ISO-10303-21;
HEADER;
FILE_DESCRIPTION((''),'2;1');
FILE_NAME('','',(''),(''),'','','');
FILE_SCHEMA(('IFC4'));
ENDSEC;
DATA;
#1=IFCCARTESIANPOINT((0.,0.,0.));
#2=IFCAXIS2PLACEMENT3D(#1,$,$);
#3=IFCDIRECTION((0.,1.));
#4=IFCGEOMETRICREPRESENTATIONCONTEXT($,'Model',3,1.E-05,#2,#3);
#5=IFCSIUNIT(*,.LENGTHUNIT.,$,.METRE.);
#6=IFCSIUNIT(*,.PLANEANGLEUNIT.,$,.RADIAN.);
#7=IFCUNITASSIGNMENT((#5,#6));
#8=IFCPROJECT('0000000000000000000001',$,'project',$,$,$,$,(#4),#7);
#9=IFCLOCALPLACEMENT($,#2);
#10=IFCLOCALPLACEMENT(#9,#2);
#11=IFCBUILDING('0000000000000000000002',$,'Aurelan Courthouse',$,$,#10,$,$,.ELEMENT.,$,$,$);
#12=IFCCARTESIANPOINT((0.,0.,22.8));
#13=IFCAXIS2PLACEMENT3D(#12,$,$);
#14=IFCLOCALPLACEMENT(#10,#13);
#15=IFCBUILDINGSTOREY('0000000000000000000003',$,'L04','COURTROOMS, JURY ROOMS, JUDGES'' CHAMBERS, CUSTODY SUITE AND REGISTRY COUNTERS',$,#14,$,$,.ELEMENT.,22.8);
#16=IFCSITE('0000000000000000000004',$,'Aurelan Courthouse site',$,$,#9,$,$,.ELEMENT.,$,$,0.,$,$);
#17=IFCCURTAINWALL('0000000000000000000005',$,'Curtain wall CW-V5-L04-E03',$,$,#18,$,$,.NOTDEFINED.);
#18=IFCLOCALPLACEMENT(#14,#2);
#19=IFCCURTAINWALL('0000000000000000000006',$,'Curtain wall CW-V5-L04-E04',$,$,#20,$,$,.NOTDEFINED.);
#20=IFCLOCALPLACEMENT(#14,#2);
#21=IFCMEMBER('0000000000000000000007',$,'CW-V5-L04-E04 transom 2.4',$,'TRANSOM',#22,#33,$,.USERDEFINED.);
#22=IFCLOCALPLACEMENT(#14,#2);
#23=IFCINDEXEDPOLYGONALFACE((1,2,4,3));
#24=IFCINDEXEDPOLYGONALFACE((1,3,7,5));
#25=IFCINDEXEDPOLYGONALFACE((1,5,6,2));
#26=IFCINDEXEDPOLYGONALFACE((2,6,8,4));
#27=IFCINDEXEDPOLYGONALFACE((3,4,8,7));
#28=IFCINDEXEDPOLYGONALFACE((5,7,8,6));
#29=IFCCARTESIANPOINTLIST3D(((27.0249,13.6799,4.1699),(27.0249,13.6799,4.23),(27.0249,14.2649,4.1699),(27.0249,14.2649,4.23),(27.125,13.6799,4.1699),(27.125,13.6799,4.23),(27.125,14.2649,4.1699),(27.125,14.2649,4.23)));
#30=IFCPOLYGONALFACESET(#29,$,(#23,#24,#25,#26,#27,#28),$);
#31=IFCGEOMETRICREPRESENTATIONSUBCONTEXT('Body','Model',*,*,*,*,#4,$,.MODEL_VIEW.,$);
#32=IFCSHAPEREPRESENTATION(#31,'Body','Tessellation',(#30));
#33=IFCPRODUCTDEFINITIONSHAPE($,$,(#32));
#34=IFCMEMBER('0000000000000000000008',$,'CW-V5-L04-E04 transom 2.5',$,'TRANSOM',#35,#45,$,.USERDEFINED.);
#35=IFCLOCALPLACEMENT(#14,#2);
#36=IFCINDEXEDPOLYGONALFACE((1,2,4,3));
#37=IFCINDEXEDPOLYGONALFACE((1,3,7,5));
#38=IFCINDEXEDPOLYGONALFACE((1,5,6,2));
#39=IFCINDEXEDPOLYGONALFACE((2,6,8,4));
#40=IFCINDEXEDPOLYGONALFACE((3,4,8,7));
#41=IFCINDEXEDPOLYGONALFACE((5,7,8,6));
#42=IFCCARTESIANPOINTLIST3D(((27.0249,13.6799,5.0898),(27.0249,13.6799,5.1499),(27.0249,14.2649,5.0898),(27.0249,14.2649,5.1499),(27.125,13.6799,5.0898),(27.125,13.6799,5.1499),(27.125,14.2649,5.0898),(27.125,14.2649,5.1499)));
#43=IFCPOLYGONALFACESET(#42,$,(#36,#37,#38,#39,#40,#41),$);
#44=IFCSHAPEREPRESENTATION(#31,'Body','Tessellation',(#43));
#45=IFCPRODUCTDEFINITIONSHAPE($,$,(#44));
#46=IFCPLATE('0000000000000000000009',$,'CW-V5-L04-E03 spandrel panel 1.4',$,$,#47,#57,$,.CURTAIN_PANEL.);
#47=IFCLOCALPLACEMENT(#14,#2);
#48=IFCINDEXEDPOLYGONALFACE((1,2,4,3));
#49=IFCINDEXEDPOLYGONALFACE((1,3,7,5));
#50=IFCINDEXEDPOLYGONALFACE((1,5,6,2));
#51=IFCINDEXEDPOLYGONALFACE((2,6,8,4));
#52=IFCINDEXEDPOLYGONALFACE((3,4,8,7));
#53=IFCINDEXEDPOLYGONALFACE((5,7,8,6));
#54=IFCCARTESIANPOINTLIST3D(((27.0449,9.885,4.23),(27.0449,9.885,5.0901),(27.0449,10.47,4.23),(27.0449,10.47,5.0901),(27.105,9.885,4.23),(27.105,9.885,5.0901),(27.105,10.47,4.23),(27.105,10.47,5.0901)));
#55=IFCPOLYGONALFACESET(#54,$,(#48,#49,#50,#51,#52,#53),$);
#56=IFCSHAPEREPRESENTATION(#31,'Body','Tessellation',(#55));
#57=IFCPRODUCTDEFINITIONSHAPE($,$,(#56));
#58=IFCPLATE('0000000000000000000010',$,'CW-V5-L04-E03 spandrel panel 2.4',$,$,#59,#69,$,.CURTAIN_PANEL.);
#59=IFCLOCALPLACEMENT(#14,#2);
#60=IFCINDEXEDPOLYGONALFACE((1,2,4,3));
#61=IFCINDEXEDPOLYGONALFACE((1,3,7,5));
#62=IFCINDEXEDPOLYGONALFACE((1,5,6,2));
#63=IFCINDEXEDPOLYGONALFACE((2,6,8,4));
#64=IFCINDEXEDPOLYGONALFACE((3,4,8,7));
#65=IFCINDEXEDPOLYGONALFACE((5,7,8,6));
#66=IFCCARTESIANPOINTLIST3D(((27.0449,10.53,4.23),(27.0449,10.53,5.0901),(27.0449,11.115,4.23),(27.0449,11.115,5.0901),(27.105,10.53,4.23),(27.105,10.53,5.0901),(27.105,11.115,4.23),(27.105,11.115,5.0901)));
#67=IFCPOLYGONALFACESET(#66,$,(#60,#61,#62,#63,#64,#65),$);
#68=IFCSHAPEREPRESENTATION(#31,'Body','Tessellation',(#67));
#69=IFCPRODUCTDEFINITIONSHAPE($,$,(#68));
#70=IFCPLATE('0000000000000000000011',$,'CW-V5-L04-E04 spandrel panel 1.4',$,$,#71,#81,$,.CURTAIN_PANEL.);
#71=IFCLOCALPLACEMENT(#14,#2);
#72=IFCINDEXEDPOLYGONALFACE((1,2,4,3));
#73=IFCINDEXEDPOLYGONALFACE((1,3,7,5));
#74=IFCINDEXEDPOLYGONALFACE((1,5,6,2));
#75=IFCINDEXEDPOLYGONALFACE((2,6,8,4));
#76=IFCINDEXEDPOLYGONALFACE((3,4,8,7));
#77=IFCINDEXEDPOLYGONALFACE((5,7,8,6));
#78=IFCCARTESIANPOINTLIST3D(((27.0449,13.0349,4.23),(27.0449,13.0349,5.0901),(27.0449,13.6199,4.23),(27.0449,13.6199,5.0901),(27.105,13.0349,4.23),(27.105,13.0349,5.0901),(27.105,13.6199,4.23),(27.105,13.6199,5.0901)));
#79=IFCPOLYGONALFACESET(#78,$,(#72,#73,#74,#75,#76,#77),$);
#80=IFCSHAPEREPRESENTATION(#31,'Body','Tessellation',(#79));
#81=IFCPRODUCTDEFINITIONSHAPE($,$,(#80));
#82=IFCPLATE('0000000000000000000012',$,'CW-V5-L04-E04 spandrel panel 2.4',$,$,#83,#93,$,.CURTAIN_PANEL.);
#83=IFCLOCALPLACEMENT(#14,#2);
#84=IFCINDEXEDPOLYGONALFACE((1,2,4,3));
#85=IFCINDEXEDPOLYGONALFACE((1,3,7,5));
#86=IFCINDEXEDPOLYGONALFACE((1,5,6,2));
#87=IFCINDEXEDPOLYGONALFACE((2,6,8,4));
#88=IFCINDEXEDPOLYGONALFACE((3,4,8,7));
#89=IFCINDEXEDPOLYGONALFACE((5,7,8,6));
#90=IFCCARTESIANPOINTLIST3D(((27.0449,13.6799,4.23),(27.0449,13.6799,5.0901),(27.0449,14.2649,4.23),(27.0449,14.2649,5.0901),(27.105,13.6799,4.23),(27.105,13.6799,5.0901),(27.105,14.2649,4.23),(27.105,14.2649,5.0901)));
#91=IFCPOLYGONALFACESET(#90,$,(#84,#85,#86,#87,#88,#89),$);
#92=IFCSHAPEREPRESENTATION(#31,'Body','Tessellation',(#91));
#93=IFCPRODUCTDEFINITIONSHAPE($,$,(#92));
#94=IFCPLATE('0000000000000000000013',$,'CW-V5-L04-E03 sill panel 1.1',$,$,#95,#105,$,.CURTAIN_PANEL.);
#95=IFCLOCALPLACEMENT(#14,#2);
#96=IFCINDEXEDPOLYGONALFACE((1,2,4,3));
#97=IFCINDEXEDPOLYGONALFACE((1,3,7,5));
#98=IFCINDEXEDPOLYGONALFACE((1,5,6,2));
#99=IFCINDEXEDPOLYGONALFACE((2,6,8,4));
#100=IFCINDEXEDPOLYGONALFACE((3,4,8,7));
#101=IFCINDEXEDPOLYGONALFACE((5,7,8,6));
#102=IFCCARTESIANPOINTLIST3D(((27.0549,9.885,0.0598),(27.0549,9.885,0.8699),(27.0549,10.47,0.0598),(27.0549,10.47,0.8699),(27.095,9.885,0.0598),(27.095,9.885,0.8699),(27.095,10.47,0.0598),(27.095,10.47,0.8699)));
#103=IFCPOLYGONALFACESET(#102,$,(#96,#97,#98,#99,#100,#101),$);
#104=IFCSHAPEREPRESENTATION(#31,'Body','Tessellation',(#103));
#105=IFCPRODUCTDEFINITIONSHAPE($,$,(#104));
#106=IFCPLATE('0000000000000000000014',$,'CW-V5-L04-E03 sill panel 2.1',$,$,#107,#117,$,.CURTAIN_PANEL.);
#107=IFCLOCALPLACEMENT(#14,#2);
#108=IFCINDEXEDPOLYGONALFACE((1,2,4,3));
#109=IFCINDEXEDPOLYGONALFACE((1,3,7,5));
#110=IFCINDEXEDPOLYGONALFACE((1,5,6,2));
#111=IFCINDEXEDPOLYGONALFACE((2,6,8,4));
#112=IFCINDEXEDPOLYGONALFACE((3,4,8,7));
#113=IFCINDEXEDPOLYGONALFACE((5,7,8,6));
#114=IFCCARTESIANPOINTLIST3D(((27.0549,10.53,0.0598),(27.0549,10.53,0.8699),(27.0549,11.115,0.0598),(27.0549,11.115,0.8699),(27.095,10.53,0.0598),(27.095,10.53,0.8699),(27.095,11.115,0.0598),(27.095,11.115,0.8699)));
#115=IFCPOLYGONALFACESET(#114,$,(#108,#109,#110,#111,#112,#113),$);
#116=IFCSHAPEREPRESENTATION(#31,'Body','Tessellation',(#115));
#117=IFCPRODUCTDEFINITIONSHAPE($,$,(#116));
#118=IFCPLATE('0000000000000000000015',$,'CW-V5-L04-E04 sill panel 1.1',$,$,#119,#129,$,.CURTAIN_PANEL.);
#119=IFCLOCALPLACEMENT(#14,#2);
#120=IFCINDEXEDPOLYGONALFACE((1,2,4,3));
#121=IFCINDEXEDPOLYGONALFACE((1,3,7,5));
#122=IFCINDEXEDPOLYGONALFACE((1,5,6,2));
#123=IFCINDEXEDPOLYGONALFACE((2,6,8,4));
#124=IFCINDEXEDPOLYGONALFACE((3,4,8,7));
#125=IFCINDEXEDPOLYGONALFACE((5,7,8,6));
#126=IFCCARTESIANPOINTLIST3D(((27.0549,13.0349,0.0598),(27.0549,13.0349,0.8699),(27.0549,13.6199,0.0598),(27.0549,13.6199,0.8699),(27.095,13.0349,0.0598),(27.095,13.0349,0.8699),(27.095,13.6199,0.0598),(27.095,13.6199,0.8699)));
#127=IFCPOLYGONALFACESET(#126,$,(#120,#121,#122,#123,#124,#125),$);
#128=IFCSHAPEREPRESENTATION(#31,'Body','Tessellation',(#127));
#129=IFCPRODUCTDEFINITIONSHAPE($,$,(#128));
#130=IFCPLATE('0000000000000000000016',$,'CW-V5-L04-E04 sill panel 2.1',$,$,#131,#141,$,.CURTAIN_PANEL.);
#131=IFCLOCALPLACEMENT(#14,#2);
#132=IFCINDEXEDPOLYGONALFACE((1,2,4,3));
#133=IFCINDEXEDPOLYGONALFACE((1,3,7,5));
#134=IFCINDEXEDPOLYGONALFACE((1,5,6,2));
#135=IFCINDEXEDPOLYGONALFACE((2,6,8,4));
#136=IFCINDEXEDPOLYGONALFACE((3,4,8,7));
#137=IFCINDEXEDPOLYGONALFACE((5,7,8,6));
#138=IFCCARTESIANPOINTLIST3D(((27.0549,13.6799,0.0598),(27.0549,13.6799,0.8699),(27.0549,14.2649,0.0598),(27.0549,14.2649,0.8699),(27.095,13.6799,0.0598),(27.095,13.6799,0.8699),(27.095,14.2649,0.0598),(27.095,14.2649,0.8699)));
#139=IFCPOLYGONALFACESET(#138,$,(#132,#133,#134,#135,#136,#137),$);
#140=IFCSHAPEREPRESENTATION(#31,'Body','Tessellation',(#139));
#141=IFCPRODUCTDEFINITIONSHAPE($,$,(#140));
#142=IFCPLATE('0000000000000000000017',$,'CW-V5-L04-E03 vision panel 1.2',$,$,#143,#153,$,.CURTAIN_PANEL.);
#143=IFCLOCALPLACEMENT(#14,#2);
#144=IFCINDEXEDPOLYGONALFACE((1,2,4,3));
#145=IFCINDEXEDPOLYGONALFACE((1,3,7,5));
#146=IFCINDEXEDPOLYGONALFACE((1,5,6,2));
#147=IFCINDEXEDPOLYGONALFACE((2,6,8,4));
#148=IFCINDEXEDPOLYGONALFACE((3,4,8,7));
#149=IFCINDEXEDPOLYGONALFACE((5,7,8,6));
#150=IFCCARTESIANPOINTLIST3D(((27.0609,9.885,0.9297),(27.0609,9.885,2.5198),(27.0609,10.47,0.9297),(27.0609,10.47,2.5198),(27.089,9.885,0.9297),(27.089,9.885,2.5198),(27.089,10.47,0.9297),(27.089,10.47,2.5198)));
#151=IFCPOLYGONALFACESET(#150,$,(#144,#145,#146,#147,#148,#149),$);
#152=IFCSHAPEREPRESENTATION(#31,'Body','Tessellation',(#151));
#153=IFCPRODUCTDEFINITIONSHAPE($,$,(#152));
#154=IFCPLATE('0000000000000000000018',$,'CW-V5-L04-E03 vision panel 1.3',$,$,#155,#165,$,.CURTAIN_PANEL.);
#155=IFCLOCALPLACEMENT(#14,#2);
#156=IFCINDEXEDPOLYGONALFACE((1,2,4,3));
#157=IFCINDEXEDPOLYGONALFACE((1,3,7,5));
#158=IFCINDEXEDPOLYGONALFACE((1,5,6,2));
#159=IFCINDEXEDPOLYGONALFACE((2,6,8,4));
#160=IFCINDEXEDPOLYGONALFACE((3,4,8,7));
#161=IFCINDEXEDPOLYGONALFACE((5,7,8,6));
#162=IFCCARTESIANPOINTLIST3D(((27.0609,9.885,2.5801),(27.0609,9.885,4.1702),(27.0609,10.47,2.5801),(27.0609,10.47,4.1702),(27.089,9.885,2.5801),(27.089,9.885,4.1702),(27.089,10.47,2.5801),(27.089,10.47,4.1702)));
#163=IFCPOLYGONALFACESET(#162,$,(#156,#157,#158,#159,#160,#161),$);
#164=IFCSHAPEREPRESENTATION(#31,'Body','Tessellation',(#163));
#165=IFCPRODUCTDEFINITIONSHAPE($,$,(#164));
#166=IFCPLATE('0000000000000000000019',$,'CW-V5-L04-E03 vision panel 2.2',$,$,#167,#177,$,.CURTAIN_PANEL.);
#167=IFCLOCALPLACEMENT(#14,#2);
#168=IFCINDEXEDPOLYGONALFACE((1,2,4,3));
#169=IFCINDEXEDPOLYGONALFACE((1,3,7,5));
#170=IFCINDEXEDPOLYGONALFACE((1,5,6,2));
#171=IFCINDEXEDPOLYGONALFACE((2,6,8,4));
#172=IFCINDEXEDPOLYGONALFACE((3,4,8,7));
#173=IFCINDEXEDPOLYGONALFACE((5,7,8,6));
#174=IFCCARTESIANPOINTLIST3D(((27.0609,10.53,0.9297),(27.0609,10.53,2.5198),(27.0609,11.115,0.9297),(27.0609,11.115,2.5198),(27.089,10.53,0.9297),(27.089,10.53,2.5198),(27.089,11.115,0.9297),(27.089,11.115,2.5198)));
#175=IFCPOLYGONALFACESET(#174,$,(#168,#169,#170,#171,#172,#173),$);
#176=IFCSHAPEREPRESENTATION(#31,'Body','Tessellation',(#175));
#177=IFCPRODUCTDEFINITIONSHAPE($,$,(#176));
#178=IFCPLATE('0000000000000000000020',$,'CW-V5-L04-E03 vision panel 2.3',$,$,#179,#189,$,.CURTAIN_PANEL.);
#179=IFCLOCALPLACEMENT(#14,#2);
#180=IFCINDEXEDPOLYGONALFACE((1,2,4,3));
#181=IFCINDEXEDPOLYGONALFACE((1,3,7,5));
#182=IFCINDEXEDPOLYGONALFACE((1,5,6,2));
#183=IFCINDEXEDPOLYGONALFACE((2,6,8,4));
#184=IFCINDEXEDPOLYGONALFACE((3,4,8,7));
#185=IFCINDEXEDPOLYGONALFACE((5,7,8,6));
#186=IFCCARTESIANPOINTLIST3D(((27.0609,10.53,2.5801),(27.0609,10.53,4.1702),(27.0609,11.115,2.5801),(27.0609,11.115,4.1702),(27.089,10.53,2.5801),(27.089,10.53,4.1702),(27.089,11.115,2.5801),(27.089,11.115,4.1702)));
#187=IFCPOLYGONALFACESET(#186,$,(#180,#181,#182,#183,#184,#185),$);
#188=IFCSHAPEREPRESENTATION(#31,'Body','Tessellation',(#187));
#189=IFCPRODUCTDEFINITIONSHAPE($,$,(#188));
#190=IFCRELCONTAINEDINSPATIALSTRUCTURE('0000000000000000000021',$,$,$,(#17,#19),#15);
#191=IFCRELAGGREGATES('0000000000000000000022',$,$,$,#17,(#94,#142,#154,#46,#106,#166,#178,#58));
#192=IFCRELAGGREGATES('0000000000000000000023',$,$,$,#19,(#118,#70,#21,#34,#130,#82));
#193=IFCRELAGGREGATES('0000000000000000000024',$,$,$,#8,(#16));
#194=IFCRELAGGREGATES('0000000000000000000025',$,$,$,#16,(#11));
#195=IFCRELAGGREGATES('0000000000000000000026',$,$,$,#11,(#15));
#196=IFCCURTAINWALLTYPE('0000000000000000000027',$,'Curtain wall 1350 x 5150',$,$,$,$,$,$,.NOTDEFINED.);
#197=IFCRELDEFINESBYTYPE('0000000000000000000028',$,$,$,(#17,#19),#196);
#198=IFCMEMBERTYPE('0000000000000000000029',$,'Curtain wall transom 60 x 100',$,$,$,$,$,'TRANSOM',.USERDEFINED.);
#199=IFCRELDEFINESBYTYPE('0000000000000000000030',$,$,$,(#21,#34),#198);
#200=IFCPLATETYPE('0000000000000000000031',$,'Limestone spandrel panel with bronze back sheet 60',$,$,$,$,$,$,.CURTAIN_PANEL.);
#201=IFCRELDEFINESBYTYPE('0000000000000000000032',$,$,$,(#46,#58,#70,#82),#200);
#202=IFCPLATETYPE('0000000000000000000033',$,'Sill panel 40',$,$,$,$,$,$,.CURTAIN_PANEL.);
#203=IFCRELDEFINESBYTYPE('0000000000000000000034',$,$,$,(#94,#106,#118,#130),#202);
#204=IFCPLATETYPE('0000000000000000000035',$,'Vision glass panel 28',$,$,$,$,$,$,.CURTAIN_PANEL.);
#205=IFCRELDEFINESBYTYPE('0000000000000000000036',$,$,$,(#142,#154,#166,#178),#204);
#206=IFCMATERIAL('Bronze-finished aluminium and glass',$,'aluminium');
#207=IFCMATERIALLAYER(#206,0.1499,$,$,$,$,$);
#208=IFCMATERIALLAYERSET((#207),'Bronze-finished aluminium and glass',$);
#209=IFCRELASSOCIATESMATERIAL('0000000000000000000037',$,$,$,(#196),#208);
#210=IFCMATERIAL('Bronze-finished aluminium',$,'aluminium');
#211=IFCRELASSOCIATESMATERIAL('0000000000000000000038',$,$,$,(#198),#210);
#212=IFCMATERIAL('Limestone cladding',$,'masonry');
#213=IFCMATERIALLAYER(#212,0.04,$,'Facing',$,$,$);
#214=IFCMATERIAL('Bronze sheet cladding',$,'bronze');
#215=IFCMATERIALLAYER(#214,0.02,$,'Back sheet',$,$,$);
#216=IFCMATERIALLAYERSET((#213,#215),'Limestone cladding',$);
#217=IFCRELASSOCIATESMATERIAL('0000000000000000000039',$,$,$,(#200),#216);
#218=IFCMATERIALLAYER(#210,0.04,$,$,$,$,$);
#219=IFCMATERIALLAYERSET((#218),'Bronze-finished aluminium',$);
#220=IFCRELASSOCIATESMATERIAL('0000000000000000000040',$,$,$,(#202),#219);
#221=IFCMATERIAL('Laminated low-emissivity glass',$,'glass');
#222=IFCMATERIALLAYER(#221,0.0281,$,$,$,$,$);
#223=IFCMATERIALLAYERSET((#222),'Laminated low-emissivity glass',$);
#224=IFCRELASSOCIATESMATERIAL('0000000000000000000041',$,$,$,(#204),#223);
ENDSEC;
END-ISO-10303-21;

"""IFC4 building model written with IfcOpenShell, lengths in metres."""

from ifc_helpers import new_model, si_unit, direction, frame, origin, origin_2d, place, context, subcontext, project, spatial, rectangle, extrude, material, layer, layer_set, material_profile, profile_set, type_object, element, aggregate, save


model = new_model("IFC4")

# Units and contexts
model_context = context("Model", 3, precision=1e-05, world=origin(), true_north=direction((0.0, 1.0)))
body_context = subcontext(model_context, "Body", "Model", "MODEL_VIEW")
ifc_project = project(units=[si_unit("LENGTHUNIT", "METRE"), si_unit("PLANEANGLEUNIT", "RADIAN")], contexts=[model_context])

# Site, building, storey
site_placement = place(None, origin())
site = spatial("IfcSite", under=ifc_project, at=site_placement, Name="Aurelan Courthouse site", CompositionType="ELEMENT", RefElevation=0.0)
building_placement = place(site_placement, origin())
building = spatial("IfcBuilding", under=site, at=building_placement, Name="Aurelan Courthouse", CompositionType="ELEMENT")
storey_placement = place(building_placement, frame((0.0, 0.0, 22.8)))
storey = spatial("IfcBuildingStorey", under=building, at=storey_placement, Name="L04", Description="COURTROOMS, JURY ROOMS, JUDGES' CHAMBERS, CUSTODY SUITE AND REGISTRY COUNTERS", CompositionType="ELEMENT", Elevation=22.8)

# Curtain walls, members
ifc_material_1 = material(Name="Bronze-finished aluminium and glass", Category="aluminium")
ifc_layer_1 = layer(ifc_material_1, 0.1499)
ifc_layer_set_1 = layer_set([ifc_layer_1], Name="Bronze-finished aluminium and glass")
curtain_wall_type = type_object("IfcCurtainWallType", Name="Curtain wall 1350 x 5150", PredefinedType="NOTDEFINED", material=ifc_layer_set_1)
curtain_wall_1_placement = place(storey_placement, origin())
curtain_wall_1 = element("IfcCurtainWall", 1, at=curtain_wall_1_placement, inside=storey, type_object=curtain_wall_type, Name="Curtain wall CW-V5-L04-E03", PredefinedType="NOTDEFINED")
ifc_material_2 = material(Name="Bronze-finished aluminium", Category="aluminium")
ifc_material_profile = material_profile(ifc_material_2, rectangle(XDim=0.1001, YDim=0.0601, at=origin_2d()), Name="Bronze transom 60 x 100")
ifc_profile_set = profile_set([ifc_material_profile], Name="Bronze-finished aluminium")
member_type = type_object("IfcMemberType", Name="Curtain wall transom 60 x 100", ElementType="TRANSOM", PredefinedType="USERDEFINED", material=ifc_profile_set)
curtain_wall_2_placement = place(storey_placement, origin())
curtain_wall_2 = element("IfcCurtainWall", 2, at=curtain_wall_2_placement, inside=storey, type_object=curtain_wall_type, Name="Curtain wall CW-V5-L04-E04", PredefinedType="NOTDEFINED")
member_1_placement = place(storey_placement, frame((27.075, 13.6799, 4.2), z_axis=(0.0, 1.0, 0.0), x_axis=(-1.0, 0.0, 0.0)))
member_1 = element("IfcMember", 3, at=member_1_placement, type_object=member_type, Name="CW-V5-L04-E04 transom 2.4", ObjectType="TRANSOM", PredefinedType="USERDEFINED", context=body_context, shape_type="SweptSolid", body=[
    extrude(rectangle(XDim=0.1001, YDim=0.0601, at=origin_2d()), origin(), (0.0, 0.0, 1.0), 0.585),
])
member_2_placement = place(storey_placement, frame((27.075, 13.6799, 5.1199), z_axis=(0.0, 1.0, 0.0), x_axis=(-1.0, 0.0, 0.0)))
member_2 = element("IfcMember", 4, at=member_2_placement, type_object=member_type, Name="CW-V5-L04-E04 transom 2.5", ObjectType="TRANSOM", PredefinedType="USERDEFINED", context=body_context, shape_type="SweptSolid", body=[
    extrude(rectangle(XDim=0.1001, YDim=0.0601, at=origin_2d()), origin(), (0.0, 0.0, 1.0), 0.585),
])

# Plates
ifc_material_3 = material(Name="Limestone cladding", Category="masonry")
ifc_layer_2 = layer(ifc_material_3, 0.04, Name="Facing")
ifc_material_4 = material(Name="Bronze sheet cladding", Category="bronze")
ifc_layer_3 = layer(ifc_material_4, 0.02, Name="Back sheet")
ifc_layer_set_2 = layer_set([ifc_layer_2, ifc_layer_3], Name="Limestone cladding")
plate_type_1 = type_object("IfcPlateType", Name="Limestone spandrel panel with bronze back sheet 60", PredefinedType="CURTAIN_PANEL", material=ifc_layer_set_2)
plate_1_placement = place(storey_placement, frame((27.075, 10.1775, 4.23), z_axis=(0.0, 0.0, 1.0), x_axis=(0.0, 1.0, 0.0)))
plate_1 = element("IfcPlate", 5, at=plate_1_placement, type_object=plate_type_1, Name="CW-V5-L04-E03 spandrel panel 1.4", PredefinedType="CURTAIN_PANEL", context=body_context, shape_type="SweptSolid", body=[
    extrude(rectangle(XDim=0.585, YDim=0.0601, at=origin_2d()), origin(), (0.0, 0.0, 1.0), 0.8601),
])
plate_2_placement = place(storey_placement, frame((27.075, 10.8225, 4.23), z_axis=(0.0, 0.0, 1.0), x_axis=(0.0, 1.0, 0.0)))
plate_2 = element("IfcPlate", 6, at=plate_2_placement, type_object=plate_type_1, Name="CW-V5-L04-E03 spandrel panel 2.4", PredefinedType="CURTAIN_PANEL", context=body_context, shape_type="SweptSolid", body=[
    extrude(rectangle(XDim=0.585, YDim=0.0601, at=origin_2d()), origin(), (0.0, 0.0, 1.0), 0.8601),
])
plate_3_placement = place(storey_placement, frame((27.075, 13.3274, 4.23), z_axis=(0.0, 0.0, 1.0), x_axis=(0.0, 1.0, 0.0)))
plate_3 = element("IfcPlate", 7, at=plate_3_placement, type_object=plate_type_1, Name="CW-V5-L04-E04 spandrel panel 1.4", PredefinedType="CURTAIN_PANEL", context=body_context, shape_type="SweptSolid", body=[
    extrude(rectangle(XDim=0.585, YDim=0.0601, at=origin_2d()), origin(), (0.0, 0.0, 1.0), 0.8601),
])
plate_4_placement = place(storey_placement, frame((27.075, 13.9724, 4.23), z_axis=(0.0, 0.0, 1.0), x_axis=(0.0, 1.0, 0.0)))
plate_4 = element("IfcPlate", 8, at=plate_4_placement, type_object=plate_type_1, Name="CW-V5-L04-E04 spandrel panel 2.4", PredefinedType="CURTAIN_PANEL", context=body_context, shape_type="SweptSolid", body=[
    extrude(rectangle(XDim=0.585, YDim=0.0601, at=origin_2d()), origin(), (0.0, 0.0, 1.0), 0.8601),
])
ifc_layer_4 = layer(ifc_material_2, 0.04)
ifc_layer_set_3 = layer_set([ifc_layer_4], Name="Bronze-finished aluminium")
plate_type_2 = type_object("IfcPlateType", Name="Sill panel 40", PredefinedType="CURTAIN_PANEL", material=ifc_layer_set_3)
plate_5_placement = place(storey_placement, frame((27.075, 10.1775, 0.0598), z_axis=(0.0, 0.0, 1.0), x_axis=(0.0, 1.0, 0.0)))
plate_5 = element("IfcPlate", 9, at=plate_5_placement, type_object=plate_type_2, Name="CW-V5-L04-E03 sill panel 1.1", PredefinedType="CURTAIN_PANEL", context=body_context, shape_type="SweptSolid", body=[
    extrude(rectangle(XDim=0.585, YDim=0.04, at=origin_2d()), origin(), (0.0, 0.0, 1.0), 0.8101),
])
plate_6_placement = place(storey_placement, frame((27.075, 10.8225, 0.0598), z_axis=(0.0, 0.0, 1.0), x_axis=(0.0, 1.0, 0.0)))
plate_6 = element("IfcPlate", 10, at=plate_6_placement, type_object=plate_type_2, Name="CW-V5-L04-E03 sill panel 2.1", PredefinedType="CURTAIN_PANEL", context=body_context, shape_type="SweptSolid", body=[
    extrude(rectangle(XDim=0.585, YDim=0.04, at=origin_2d()), origin(), (0.0, 0.0, 1.0), 0.8101),
])
plate_7_placement = place(storey_placement, frame((27.075, 13.3274, 0.0598), z_axis=(0.0, 0.0, 1.0), x_axis=(0.0, 1.0, 0.0)))
plate_7 = element("IfcPlate", 11, at=plate_7_placement, type_object=plate_type_2, Name="CW-V5-L04-E04 sill panel 1.1", PredefinedType="CURTAIN_PANEL", context=body_context, shape_type="SweptSolid", body=[
    extrude(rectangle(XDim=0.585, YDim=0.04, at=origin_2d()), origin(), (0.0, 0.0, 1.0), 0.8101),
])
plate_8_placement = place(storey_placement, frame((27.075, 13.9724, 0.0598), z_axis=(0.0, 0.0, 1.0), x_axis=(0.0, 1.0, 0.0)))
plate_8 = element("IfcPlate", 12, at=plate_8_placement, type_object=plate_type_2, Name="CW-V5-L04-E04 sill panel 2.1", PredefinedType="CURTAIN_PANEL", context=body_context, shape_type="SweptSolid", body=[
    extrude(rectangle(XDim=0.585, YDim=0.04, at=origin_2d()), origin(), (0.0, 0.0, 1.0), 0.8101),
])
ifc_material_5 = material(Name="Laminated low-emissivity glass", Category="glass")
ifc_layer_5 = layer(ifc_material_5, 0.0281)
ifc_layer_set_4 = layer_set([ifc_layer_5], Name="Laminated low-emissivity glass")
plate_type_3 = type_object("IfcPlateType", Name="Vision glass panel 28", PredefinedType="CURTAIN_PANEL", material=ifc_layer_set_4)
plate_9_placement = place(storey_placement, frame((27.075, 10.1775, 0.9297), z_axis=(0.0, 0.0, 1.0), x_axis=(0.0, 1.0, 0.0)))
plate_9 = element("IfcPlate", 13, at=plate_9_placement, type_object=plate_type_3, Name="CW-V5-L04-E03 vision panel 1.2", PredefinedType="CURTAIN_PANEL", context=body_context, shape_type="SweptSolid", body=[
    extrude(rectangle(XDim=0.585, YDim=0.0281, at=origin_2d()), origin(), (0.0, 0.0, 1.0), 1.5901),
])
plate_10_placement = place(storey_placement, frame((27.075, 10.1775, 2.5801), z_axis=(0.0, 0.0, 1.0), x_axis=(0.0, 1.0, 0.0)))
plate_10 = element("IfcPlate", 14, at=plate_10_placement, type_object=plate_type_3, Name="CW-V5-L04-E03 vision panel 1.3", PredefinedType="CURTAIN_PANEL", context=body_context, shape_type="SweptSolid", body=[
    extrude(rectangle(XDim=0.585, YDim=0.0281, at=origin_2d()), origin(), (0.0, 0.0, 1.0), 1.5901),
])
plate_11_placement = place(storey_placement, frame((27.075, 10.8225, 0.9297), z_axis=(0.0, 0.0, 1.0), x_axis=(0.0, 1.0, 0.0)))
plate_11 = element("IfcPlate", 15, at=plate_11_placement, type_object=plate_type_3, Name="CW-V5-L04-E03 vision panel 2.2", PredefinedType="CURTAIN_PANEL", context=body_context, shape_type="SweptSolid", body=[
    extrude(rectangle(XDim=0.585, YDim=0.0281, at=origin_2d()), origin(), (0.0, 0.0, 1.0), 1.5901),
])
plate_12_placement = place(storey_placement, frame((27.075, 10.8225, 2.5801), z_axis=(0.0, 0.0, 1.0), x_axis=(0.0, 1.0, 0.0)))
plate_12 = element("IfcPlate", 16, at=plate_12_placement, type_object=plate_type_3, Name="CW-V5-L04-E03 vision panel 2.3", PredefinedType="CURTAIN_PANEL", context=body_context, shape_type="SweptSolid", body=[
    extrude(rectangle(XDim=0.585, YDim=0.0281, at=origin_2d()), origin(), (0.0, 0.0, 1.0), 1.5901),
])
aggregate(curtain_wall_1, [plate_5, plate_9, plate_10, plate_1, plate_6, plate_11, plate_12, plate_2])
aggregate(curtain_wall_2, [plate_7, plate_3, member_1, member_2, plate_8, plate_4])

save(model, "model.ifc")
